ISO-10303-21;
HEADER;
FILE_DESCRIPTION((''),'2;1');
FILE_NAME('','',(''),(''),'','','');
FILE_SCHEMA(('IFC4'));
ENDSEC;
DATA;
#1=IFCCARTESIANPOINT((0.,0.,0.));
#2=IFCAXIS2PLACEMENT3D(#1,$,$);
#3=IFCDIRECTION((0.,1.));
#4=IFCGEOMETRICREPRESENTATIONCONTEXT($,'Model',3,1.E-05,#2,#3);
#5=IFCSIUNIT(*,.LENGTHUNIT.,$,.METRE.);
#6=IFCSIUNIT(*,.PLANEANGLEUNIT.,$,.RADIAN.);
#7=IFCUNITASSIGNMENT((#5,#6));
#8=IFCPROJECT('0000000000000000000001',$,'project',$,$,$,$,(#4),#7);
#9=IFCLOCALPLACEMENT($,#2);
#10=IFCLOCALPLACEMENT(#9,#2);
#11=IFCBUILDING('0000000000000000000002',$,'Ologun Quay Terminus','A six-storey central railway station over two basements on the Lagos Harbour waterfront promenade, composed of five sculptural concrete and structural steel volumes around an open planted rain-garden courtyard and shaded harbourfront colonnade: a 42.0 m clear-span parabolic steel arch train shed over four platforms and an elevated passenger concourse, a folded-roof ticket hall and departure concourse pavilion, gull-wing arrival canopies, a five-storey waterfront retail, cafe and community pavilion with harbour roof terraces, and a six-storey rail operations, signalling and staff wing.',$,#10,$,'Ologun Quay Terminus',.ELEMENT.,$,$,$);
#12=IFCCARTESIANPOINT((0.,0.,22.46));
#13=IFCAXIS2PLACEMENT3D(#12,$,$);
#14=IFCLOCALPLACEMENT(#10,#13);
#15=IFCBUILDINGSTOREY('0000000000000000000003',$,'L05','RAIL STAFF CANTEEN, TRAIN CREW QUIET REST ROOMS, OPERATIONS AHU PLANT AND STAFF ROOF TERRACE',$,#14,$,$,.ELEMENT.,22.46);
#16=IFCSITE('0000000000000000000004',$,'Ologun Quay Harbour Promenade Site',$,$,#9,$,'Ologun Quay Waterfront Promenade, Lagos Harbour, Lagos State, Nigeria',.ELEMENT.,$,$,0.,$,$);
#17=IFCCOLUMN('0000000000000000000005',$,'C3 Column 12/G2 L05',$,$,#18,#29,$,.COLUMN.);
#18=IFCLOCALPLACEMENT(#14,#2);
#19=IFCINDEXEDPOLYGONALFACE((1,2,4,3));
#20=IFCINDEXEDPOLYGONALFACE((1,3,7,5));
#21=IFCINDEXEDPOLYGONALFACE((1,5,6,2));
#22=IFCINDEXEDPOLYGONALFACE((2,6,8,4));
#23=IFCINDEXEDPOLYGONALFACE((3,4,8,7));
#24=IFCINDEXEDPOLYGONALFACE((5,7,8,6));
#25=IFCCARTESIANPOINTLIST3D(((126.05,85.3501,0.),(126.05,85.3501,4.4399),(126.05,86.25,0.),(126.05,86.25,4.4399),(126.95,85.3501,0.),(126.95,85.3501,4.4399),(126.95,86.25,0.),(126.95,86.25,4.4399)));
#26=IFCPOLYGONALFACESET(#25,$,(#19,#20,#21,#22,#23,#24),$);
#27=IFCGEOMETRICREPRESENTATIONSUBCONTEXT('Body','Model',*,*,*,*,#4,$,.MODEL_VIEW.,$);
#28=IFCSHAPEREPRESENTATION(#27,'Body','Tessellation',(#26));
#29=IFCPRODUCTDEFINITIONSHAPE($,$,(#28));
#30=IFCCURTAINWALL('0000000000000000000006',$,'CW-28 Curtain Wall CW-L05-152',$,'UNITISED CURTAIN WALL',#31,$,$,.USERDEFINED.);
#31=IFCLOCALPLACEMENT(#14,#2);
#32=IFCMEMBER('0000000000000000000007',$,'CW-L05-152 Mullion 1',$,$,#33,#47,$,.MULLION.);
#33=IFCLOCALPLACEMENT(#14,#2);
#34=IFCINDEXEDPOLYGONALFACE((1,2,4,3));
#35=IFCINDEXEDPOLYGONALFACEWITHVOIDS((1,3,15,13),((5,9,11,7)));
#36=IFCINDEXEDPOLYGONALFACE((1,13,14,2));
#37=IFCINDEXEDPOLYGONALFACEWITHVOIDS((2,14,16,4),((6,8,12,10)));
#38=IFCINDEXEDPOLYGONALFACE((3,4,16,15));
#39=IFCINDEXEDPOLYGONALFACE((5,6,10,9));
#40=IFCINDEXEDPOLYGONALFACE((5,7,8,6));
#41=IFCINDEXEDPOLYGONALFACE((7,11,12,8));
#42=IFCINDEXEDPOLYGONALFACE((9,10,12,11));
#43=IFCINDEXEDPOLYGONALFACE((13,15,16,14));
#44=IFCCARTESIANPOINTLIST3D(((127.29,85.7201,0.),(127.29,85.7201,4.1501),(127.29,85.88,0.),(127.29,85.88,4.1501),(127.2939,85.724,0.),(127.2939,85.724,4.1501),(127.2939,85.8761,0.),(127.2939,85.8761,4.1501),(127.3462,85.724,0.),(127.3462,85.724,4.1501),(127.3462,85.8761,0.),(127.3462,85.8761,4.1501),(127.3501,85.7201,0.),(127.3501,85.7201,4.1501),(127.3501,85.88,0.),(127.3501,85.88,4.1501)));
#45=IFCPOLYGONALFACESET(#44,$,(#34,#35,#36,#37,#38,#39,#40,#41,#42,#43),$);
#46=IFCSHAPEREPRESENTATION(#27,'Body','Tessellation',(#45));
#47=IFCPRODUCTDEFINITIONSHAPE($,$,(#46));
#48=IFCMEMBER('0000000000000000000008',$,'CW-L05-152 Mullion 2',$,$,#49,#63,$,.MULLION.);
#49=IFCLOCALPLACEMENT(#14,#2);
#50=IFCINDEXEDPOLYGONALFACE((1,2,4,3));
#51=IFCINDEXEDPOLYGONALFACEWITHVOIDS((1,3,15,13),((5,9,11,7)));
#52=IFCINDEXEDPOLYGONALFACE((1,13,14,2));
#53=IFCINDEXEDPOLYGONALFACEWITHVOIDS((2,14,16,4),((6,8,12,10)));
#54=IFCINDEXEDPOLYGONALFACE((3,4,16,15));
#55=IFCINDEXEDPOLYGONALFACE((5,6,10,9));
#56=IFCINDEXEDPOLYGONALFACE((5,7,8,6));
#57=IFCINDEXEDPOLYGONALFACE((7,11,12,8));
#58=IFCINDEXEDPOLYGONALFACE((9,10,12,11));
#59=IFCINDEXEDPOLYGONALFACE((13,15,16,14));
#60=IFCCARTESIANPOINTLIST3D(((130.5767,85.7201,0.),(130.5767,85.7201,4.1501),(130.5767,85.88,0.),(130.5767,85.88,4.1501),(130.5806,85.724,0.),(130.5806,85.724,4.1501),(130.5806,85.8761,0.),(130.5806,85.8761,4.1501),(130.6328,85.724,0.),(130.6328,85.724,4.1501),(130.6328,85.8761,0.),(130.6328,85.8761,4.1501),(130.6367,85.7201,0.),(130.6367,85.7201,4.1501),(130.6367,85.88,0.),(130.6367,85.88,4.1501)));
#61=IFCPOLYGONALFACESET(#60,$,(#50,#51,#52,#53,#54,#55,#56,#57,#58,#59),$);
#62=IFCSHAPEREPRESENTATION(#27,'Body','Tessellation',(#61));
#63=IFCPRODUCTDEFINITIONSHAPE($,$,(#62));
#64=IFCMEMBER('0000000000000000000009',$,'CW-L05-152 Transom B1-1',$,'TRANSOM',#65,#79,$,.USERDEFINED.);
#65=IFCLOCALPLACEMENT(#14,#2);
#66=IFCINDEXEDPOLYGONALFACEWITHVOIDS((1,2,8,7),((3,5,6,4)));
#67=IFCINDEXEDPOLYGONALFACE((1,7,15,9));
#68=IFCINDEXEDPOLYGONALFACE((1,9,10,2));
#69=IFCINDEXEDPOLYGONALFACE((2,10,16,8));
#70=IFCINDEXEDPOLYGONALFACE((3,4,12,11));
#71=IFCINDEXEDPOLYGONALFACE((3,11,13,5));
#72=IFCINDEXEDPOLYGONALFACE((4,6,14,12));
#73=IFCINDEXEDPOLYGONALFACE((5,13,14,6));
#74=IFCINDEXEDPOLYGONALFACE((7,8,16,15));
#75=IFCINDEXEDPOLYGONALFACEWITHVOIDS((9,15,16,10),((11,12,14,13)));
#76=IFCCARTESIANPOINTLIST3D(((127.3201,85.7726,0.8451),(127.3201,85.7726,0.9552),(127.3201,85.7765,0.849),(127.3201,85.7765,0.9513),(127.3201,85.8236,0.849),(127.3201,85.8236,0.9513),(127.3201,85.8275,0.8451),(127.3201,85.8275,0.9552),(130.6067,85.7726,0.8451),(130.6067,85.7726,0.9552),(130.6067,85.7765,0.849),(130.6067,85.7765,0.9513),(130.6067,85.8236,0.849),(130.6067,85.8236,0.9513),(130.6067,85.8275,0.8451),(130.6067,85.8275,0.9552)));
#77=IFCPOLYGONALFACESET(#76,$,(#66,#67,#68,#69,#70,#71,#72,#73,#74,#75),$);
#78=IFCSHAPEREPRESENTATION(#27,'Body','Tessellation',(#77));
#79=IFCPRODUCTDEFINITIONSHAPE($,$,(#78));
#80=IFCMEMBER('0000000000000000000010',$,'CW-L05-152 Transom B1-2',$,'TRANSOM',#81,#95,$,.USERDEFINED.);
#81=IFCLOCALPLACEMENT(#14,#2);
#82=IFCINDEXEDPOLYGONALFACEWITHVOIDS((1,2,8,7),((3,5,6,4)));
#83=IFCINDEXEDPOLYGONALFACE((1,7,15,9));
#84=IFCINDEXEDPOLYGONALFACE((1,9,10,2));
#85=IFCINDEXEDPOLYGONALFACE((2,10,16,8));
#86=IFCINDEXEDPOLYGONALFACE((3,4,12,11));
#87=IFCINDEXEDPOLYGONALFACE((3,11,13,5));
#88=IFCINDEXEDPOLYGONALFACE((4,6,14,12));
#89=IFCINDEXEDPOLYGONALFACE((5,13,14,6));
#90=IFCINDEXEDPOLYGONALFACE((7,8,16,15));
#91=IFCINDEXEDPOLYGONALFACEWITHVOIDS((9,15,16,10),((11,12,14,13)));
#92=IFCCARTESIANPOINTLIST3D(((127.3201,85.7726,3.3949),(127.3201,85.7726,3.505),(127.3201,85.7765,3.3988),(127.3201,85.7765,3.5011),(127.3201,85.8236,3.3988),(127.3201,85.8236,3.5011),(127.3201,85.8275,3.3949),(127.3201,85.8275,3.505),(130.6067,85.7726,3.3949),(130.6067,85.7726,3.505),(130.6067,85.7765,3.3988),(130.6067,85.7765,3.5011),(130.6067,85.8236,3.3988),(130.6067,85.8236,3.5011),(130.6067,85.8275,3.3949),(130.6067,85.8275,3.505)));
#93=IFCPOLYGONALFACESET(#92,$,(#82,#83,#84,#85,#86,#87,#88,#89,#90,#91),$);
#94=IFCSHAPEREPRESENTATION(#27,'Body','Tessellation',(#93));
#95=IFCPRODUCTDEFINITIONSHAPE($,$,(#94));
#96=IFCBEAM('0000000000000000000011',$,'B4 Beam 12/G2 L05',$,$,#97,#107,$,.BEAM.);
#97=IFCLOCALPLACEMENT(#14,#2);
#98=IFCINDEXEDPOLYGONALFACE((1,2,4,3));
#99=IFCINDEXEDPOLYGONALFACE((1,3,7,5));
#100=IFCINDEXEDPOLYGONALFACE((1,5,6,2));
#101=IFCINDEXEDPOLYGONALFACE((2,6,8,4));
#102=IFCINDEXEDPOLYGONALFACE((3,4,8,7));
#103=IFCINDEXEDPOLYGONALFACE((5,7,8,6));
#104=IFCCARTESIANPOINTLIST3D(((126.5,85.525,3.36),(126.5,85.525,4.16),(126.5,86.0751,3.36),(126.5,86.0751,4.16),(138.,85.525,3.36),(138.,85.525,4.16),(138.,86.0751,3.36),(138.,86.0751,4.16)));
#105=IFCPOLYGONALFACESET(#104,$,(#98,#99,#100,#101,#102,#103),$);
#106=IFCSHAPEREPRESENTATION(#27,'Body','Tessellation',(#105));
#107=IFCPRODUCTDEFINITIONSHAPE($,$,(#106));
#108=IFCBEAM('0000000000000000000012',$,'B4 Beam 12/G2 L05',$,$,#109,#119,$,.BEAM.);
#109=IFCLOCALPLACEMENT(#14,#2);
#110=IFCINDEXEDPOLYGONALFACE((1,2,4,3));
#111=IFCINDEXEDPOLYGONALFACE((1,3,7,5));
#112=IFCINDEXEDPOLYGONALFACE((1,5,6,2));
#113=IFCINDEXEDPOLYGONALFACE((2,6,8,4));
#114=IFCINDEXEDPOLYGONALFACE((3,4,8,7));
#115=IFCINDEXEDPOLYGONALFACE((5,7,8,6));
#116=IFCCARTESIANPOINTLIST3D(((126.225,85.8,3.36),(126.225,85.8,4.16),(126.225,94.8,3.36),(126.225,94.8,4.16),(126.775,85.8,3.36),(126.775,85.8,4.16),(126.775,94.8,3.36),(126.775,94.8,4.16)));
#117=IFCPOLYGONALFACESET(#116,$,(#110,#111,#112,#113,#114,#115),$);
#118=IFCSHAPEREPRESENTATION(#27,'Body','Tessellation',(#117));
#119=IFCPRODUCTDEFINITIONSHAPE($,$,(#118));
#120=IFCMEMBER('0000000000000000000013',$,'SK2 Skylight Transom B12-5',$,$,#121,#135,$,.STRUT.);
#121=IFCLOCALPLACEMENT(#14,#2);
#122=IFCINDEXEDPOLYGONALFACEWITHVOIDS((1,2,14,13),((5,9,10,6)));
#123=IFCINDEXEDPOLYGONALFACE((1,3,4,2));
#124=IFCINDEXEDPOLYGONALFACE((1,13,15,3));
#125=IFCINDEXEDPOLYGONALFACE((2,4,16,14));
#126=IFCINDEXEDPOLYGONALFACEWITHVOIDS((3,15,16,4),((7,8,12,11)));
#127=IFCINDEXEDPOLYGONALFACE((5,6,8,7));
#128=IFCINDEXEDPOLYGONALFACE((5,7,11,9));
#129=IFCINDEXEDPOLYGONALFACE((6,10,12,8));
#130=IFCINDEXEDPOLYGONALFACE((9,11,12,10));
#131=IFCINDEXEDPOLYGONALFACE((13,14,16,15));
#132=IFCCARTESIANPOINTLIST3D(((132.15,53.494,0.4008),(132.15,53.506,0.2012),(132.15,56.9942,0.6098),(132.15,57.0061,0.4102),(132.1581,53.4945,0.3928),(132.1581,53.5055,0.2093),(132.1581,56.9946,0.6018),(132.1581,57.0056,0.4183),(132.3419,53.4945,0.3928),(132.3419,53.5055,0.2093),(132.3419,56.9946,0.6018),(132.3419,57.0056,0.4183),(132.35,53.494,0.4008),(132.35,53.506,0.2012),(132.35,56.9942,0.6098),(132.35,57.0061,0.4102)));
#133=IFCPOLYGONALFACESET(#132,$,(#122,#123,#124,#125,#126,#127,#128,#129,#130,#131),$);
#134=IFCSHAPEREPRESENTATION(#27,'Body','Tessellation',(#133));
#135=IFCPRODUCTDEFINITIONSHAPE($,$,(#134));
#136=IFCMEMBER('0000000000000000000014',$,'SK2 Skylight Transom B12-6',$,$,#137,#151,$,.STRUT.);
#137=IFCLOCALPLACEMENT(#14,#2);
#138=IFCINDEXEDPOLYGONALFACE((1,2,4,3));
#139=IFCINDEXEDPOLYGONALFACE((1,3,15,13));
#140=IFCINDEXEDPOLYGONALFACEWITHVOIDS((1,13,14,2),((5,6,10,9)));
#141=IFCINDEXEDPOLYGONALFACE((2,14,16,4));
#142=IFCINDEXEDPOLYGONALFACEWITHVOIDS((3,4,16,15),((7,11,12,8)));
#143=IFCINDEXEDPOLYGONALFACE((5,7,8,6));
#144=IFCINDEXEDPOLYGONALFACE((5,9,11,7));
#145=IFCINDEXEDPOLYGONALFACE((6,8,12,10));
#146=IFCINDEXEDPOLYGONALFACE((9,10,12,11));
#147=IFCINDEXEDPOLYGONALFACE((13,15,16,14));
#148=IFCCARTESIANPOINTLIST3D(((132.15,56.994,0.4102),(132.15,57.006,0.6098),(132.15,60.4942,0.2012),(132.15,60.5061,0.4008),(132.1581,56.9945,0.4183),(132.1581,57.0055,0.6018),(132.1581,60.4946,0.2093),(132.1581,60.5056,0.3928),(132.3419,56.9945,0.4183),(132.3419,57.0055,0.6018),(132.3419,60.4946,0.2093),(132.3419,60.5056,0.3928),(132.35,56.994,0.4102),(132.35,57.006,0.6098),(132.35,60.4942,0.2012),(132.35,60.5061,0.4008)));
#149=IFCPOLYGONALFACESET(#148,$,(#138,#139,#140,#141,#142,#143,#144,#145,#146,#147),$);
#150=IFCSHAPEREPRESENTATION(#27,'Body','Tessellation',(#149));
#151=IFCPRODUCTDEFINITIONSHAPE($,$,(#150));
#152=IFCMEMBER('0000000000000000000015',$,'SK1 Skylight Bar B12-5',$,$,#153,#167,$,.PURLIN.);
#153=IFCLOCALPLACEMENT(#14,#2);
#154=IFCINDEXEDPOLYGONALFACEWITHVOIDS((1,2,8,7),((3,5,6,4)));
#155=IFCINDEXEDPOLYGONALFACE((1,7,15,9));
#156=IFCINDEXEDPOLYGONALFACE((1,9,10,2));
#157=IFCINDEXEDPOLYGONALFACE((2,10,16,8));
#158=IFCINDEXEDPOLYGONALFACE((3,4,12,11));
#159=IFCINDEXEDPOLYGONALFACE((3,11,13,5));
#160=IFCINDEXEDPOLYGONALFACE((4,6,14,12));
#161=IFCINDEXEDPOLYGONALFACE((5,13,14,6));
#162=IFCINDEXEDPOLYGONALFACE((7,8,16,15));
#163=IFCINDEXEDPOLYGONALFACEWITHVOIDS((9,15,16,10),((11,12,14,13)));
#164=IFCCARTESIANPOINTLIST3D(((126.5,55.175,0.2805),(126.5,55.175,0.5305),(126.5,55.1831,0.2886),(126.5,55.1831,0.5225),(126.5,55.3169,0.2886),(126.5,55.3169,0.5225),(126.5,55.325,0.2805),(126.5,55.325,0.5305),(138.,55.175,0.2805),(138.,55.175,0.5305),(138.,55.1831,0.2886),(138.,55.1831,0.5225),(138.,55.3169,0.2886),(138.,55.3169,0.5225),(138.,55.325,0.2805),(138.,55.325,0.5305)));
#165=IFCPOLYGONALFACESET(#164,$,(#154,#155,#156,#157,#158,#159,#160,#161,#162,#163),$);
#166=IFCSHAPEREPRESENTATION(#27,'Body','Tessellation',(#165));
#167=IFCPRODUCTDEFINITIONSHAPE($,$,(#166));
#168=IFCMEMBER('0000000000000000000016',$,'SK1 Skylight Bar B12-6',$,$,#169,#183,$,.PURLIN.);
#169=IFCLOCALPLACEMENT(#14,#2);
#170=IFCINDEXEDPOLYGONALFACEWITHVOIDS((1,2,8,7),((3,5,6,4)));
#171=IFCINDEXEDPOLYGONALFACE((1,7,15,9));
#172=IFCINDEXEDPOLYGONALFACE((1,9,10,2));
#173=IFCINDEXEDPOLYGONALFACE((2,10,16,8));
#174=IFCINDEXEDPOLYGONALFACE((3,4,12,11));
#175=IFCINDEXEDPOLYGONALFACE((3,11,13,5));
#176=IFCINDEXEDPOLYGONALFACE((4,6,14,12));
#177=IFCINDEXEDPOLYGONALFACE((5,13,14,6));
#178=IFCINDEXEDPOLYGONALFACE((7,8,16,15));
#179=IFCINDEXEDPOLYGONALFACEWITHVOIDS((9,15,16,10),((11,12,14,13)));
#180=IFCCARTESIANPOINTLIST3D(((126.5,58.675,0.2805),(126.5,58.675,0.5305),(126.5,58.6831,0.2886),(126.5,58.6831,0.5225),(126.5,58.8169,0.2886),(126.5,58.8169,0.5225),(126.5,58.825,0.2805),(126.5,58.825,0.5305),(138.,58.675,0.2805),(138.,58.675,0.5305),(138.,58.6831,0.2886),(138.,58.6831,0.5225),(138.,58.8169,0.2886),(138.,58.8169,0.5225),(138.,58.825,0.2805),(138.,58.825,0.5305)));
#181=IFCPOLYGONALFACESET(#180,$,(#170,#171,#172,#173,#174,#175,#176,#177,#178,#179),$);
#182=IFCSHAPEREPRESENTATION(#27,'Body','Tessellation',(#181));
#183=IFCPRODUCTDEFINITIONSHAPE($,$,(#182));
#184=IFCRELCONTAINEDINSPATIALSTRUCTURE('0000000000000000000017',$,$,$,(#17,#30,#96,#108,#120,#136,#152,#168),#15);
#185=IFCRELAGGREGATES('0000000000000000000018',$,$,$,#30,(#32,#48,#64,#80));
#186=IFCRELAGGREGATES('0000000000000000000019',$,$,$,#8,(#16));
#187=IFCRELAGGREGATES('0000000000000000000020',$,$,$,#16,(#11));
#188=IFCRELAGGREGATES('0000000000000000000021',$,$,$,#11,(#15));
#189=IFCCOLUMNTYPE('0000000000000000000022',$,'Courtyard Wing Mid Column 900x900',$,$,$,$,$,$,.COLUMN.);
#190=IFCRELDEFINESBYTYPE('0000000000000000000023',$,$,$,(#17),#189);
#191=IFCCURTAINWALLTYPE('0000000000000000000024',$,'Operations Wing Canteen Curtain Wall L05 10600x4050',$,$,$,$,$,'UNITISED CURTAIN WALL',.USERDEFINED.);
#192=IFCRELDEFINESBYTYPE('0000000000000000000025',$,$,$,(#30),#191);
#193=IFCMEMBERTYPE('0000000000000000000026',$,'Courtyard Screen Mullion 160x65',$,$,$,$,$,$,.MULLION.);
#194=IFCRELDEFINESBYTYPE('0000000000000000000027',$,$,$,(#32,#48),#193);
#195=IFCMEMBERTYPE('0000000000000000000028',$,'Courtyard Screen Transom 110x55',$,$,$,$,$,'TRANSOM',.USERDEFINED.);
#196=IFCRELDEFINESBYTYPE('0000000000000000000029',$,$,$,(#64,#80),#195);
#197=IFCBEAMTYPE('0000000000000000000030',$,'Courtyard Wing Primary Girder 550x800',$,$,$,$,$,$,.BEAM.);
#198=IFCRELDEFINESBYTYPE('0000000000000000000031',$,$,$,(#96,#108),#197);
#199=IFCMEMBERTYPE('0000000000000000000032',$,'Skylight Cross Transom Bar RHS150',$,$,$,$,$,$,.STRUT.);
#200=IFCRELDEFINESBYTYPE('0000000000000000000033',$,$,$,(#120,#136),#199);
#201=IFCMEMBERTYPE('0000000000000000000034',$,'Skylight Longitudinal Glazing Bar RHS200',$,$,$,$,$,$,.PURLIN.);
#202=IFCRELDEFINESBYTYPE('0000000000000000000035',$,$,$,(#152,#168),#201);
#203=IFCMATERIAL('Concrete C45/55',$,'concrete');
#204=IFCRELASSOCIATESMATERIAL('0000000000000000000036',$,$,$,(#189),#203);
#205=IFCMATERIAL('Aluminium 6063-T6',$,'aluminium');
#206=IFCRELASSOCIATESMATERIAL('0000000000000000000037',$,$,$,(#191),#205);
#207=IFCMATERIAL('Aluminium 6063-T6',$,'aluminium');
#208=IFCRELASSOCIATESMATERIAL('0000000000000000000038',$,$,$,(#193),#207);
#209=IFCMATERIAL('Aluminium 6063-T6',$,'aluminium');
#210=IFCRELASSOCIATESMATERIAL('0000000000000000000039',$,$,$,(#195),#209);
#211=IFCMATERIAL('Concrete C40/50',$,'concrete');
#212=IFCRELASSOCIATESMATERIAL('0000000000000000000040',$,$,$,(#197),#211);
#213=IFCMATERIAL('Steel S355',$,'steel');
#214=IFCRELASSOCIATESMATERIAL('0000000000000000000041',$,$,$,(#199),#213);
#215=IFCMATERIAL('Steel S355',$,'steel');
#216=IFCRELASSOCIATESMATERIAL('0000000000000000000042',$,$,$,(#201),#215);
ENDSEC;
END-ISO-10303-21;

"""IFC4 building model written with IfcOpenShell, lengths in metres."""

from ifc_helpers import new_model, si_unit, direction, frame, origin, origin_2d, place, context, subcontext, project, spatial, rectangle, hollow_rectangle, extrude, material, material_profile, profile_set, type_object, element, aggregate, save


model = new_model("IFC4")

# Units and contexts
model_context = context("Model", 3, precision=1e-05, world=origin(), true_north=direction((0.0, 1.0)))
body_context = subcontext(model_context, "Body", "Model", "MODEL_VIEW")
ifc_project = project(units=[si_unit("LENGTHUNIT", "METRE"), si_unit("PLANEANGLEUNIT", "RADIAN")], contexts=[model_context])

# Site, building, storey
site_placement = place(None, origin())
site = spatial("IfcSite", under=ifc_project, at=site_placement, Name="Ologun Quay Harbour Promenade Site", LongName="Ologun Quay Waterfront Promenade, Lagos Harbour, Lagos State, Nigeria", CompositionType="ELEMENT", RefElevation=0.0)
building_placement = place(site_placement, origin())
building = spatial("IfcBuilding", under=site, at=building_placement, Name="Ologun Quay Terminus", Description="A six-storey central railway station over two basements on the Lagos Harbour waterfront promenade, composed of five sculptural concrete and structural steel volumes around an open planted rain-garden courtyard and shaded harbourfront colonnade: a 42.0 m clear-span parabolic steel arch train shed over four platforms and an elevated passenger concourse, a folded-roof ticket hall and departure concourse pavilion, gull-wing arrival canopies, a five-storey waterfront retail, cafe and community pavilion with harbour roof terraces, and a six-storey rail operations, signalling and staff wing.", LongName="Ologun Quay Terminus", CompositionType="ELEMENT")
storey_placement = place(building_placement, frame((0.0, 0.0, 22.46)))
storey = spatial("IfcBuildingStorey", under=building, at=storey_placement, Name="L05", Description="RAIL STAFF CANTEEN, TRAIN CREW QUIET REST ROOMS, OPERATIONS AHU PLANT AND STAFF ROOF TERRACE", CompositionType="ELEMENT", Elevation=22.46)

# Column
ifc_material_1 = material(Name="Concrete C45/55", Category="concrete")
ifc_material_profile_1 = material_profile(ifc_material_1, rectangle(XDim=0.8999, YDim=0.8999, at=origin_2d()), Name="RC 900x900")
ifc_profile_set_1 = profile_set([ifc_material_profile_1], Name="Concrete C45/55")
column_type = type_object("IfcColumnType", Name="Courtyard Wing Mid Column 900x900", PredefinedType="COLUMN", material=ifc_profile_set_1)
column_placement = place(storey_placement, frame((126.5, 85.8, 0.0), z_axis=(0.0, 0.0, 1.0), x_axis=(1.0, 0.0, 0.0)))
element("IfcColumn", 1, at=column_placement, inside=storey, type_object=column_type, Name="C3 Column 12/G2 L05", PredefinedType="COLUMN", context=body_context, shape_type="SweptSolid", body=[
    extrude(rectangle(XDim=0.8999, YDim=0.8999, at=origin_2d()), origin(), (0.0, 0.0, 1.0), 4.4399),
])

# Curtain wall, members
ifc_material_2 = material(Name="Aluminium 6063-T6", Category="aluminium")
curtain_wall_type = type_object("IfcCurtainWallType", Name="Operations Wing Canteen Curtain Wall L05 10600x4050", ElementType="UNITISED CURTAIN WALL", PredefinedType="USERDEFINED", material=ifc_material_2)
curtain_wall_placement = place(storey_placement, origin())
curtain_wall = element("IfcCurtainWall", 2, at=curtain_wall_placement, inside=storey, type_object=curtain_wall_type, Name="CW-28 Curtain Wall CW-L05-152", ObjectType="UNITISED CURTAIN WALL", PredefinedType="USERDEFINED")
ifc_material_3 = material(Name="Aluminium 6063-T6", Category="aluminium")
ifc_material_profile_2 = material_profile(ifc_material_3, hollow_rectangle(XDim=0.0601, YDim=0.1599, WallThickness=0.0039, at=origin_2d()), Name="ALU 160x60x4")
ifc_profile_set_2 = profile_set([ifc_material_profile_2], Name="Aluminium 6063-T6")
member_type_1 = type_object("IfcMemberType", Name="Courtyard Screen Mullion 160x65", PredefinedType="MULLION", material=ifc_profile_set_2)
member_1_placement = place(storey_placement, frame((127.3201, 85.8, 0.0), z_axis=(0.0, 0.0, 1.0), x_axis=(1.0, 0.0, 0.0)))
member_1 = element("IfcMember", 3, at=member_1_placement, type_object=member_type_1, Name="CW-L05-152 Mullion 1", PredefinedType="MULLION", context=body_context, shape_type="SweptSolid", body=[
    extrude(hollow_rectangle(XDim=0.0601, YDim=0.1599, WallThickness=0.0039, at=origin_2d()), origin(), (0.0, 0.0, 1.0), 4.1501),
])
member_2_placement = place(storey_placement, frame((130.6067, 85.8, 0.0), z_axis=(0.0, 0.0, 1.0), x_axis=(1.0, 0.0, 0.0)))
member_2 = element("IfcMember", 4, at=member_2_placement, type_object=member_type_1, Name="CW-L05-152 Mullion 2", PredefinedType="MULLION", context=body_context, shape_type="SweptSolid", body=[
    extrude(hollow_rectangle(XDim=0.0601, YDim=0.1599, WallThickness=0.0039, at=origin_2d()), origin(), (0.0, 0.0, 1.0), 4.1501),
])
ifc_material_4 = material(Name="Aluminium 6063-T6", Category="aluminium")
ifc_material_profile_3 = material_profile(ifc_material_4, hollow_rectangle(XDim=0.0549, YDim=0.1101, WallThickness=0.0039, at=origin_2d()), Name="ALU 110x55x4")
ifc_profile_set_3 = profile_set([ifc_material_profile_3], Name="Aluminium 6063-T6")
member_type_2 = type_object("IfcMemberType", Name="Courtyard Screen Transom 110x55", ElementType="TRANSOM", PredefinedType="USERDEFINED", material=ifc_profile_set_3)
member_3_placement = place(storey_placement, frame((127.3201, 85.8, 0.9001), z_axis=(1.0, 0.0, 0.0), x_axis=(0.0, 1.0, 0.0)))
member_3 = element("IfcMember", 5, at=member_3_placement, type_object=member_type_2, Name="CW-L05-152 Transom B1-1", ObjectType="TRANSOM", PredefinedType="USERDEFINED", context=body_context, shape_type="SweptSolid", body=[
    extrude(hollow_rectangle(XDim=0.0549, YDim=0.1101, WallThickness=0.0039, at=origin_2d()), origin(), (0.0, 0.0, 1.0), 3.2866),
])
member_4_placement = place(storey_placement, frame((127.3201, 85.8, 3.45), z_axis=(1.0, 0.0, 0.0), x_axis=(0.0, 1.0, 0.0)))
member_4 = element("IfcMember", 6, at=member_4_placement, type_object=member_type_2, Name="CW-L05-152 Transom B1-2", ObjectType="TRANSOM", PredefinedType="USERDEFINED", context=body_context, shape_type="SweptSolid", body=[
    extrude(hollow_rectangle(XDim=0.0549, YDim=0.1101, WallThickness=0.0039, at=origin_2d()), origin(), (0.0, 0.0, 1.0), 3.2866),
])

# Beams
ifc_material_5 = material(Name="Concrete C40/50", Category="concrete")
ifc_material_profile_4 = material_profile(ifc_material_5, rectangle(XDim=0.55, YDim=0.8, at=origin_2d()), Name="RC 550x800")
ifc_profile_set_4 = profile_set([ifc_material_profile_4], Name="Concrete C40/50")
beam_type = type_object("IfcBeamType", Name="Courtyard Wing Primary Girder 550x800", PredefinedType="BEAM", material=ifc_profile_set_4)
beam_1_placement = place(storey_placement, frame((126.5, 85.8, 3.76), z_axis=(1.0, 0.0, 0.0), x_axis=(0.0, 1.0, 0.0)))
element("IfcBeam", 7, at=beam_1_placement, inside=storey, type_object=beam_type, Name="B4 Beam 12/G2 L05", PredefinedType="BEAM", context=body_context, shape_type="SweptSolid", body=[
    extrude(rectangle(XDim=0.55, YDim=0.8, at=origin_2d()), origin(), (0.0, 0.0, 1.0), 11.5),
])
beam_2_placement = place(storey_placement, frame((126.5, 85.8, 3.76), z_axis=(0.0, 1.0, 0.0), x_axis=(-1.0, 0.0, 0.0)))
element("IfcBeam", 8, at=beam_2_placement, inside=storey, type_object=beam_type, Name="B4 Beam 12/G2 L05", PredefinedType="BEAM", context=body_context, shape_type="SweptSolid", body=[
    extrude(rectangle(XDim=0.55, YDim=0.8, at=origin_2d()), origin(), (0.0, 0.0, 1.0), 9.0),
])

# Members
ifc_material_6 = material(Name="Steel S355", Category="steel")
ifc_material_profile_5 = material_profile(ifc_material_6, hollow_rectangle(XDim=0.2, YDim=0.2, WallThickness=0.0081, at=origin_2d()), Name="SHS 200x200x8")
ifc_profile_set_5 = profile_set([ifc_material_profile_5], Name="Steel S355")
member_type_3 = type_object("IfcMemberType", Name="Skylight Cross Transom Bar RHS150", PredefinedType="STRUT", material=ifc_profile_set_5)
for number, where, z_axis, x_axis, name in (
    (9, (132.25, 53.5, 0.301), (0.0, 0.998222, 0.059604), (-1.0, 0.0, 0.0), "SK2 Skylight Transom B12-5"),
    (10, (132.25, 57.0, 0.51), (0.0, 0.998222, -0.059604), (-1.0, 0.0, 0.0), "SK2 Skylight Transom B12-6"),
):
    element("IfcMember", number, at=place(storey_placement, frame(where, z_axis=z_axis, x_axis=x_axis)), inside=storey, type_object=member_type_3, Name=name, PredefinedType="STRUT", context=body_context, shape_type="SweptSolid", body=[
        extrude(hollow_rectangle(XDim=0.2, YDim=0.2, WallThickness=0.0081, at=origin_2d()), origin(), (0.0, 0.0, 1.0), 3.5063),
    ])
ifc_material_7 = material(Name="Steel S355", Category="steel")
ifc_material_profile_6 = material_profile(ifc_material_7, hollow_rectangle(XDim=0.1499, YDim=0.25, WallThickness=0.0081, at=origin_2d()), Name="RHS 250x150x8")
ifc_profile_set_6 = profile_set([ifc_material_profile_6], Name="Steel S355")
member_type_4 = type_object("IfcMemberType", Name="Skylight Longitudinal Glazing Bar RHS200", PredefinedType="PURLIN", material=ifc_profile_set_6)
for number, where, z_axis, x_axis, name in (
    (11, (126.5, 55.25, 0.4055), (1.0, 0.0, 0.0), (0.0, 1.0, 0.0), "SK1 Skylight Bar B12-5"),
    (12, (126.5, 58.75, 0.4055), (1.0, 0.0, 0.0), (0.0, 1.0, 0.0), "SK1 Skylight Bar B12-6"),
):
    element("IfcMember", number, at=place(storey_placement, frame(where, z_axis=z_axis, x_axis=x_axis)), inside=storey, type_object=member_type_4, Name=name, PredefinedType="PURLIN", context=body_context, shape_type="SweptSolid", body=[
        extrude(hollow_rectangle(XDim=0.1499, YDim=0.25, WallThickness=0.0081, at=origin_2d()), origin(), (0.0, 0.0, 1.0), 11.5),
    ])

aggregate(curtain_wall, [member_1, member_2, member_3, member_4])

save(model, "model.ifc")
